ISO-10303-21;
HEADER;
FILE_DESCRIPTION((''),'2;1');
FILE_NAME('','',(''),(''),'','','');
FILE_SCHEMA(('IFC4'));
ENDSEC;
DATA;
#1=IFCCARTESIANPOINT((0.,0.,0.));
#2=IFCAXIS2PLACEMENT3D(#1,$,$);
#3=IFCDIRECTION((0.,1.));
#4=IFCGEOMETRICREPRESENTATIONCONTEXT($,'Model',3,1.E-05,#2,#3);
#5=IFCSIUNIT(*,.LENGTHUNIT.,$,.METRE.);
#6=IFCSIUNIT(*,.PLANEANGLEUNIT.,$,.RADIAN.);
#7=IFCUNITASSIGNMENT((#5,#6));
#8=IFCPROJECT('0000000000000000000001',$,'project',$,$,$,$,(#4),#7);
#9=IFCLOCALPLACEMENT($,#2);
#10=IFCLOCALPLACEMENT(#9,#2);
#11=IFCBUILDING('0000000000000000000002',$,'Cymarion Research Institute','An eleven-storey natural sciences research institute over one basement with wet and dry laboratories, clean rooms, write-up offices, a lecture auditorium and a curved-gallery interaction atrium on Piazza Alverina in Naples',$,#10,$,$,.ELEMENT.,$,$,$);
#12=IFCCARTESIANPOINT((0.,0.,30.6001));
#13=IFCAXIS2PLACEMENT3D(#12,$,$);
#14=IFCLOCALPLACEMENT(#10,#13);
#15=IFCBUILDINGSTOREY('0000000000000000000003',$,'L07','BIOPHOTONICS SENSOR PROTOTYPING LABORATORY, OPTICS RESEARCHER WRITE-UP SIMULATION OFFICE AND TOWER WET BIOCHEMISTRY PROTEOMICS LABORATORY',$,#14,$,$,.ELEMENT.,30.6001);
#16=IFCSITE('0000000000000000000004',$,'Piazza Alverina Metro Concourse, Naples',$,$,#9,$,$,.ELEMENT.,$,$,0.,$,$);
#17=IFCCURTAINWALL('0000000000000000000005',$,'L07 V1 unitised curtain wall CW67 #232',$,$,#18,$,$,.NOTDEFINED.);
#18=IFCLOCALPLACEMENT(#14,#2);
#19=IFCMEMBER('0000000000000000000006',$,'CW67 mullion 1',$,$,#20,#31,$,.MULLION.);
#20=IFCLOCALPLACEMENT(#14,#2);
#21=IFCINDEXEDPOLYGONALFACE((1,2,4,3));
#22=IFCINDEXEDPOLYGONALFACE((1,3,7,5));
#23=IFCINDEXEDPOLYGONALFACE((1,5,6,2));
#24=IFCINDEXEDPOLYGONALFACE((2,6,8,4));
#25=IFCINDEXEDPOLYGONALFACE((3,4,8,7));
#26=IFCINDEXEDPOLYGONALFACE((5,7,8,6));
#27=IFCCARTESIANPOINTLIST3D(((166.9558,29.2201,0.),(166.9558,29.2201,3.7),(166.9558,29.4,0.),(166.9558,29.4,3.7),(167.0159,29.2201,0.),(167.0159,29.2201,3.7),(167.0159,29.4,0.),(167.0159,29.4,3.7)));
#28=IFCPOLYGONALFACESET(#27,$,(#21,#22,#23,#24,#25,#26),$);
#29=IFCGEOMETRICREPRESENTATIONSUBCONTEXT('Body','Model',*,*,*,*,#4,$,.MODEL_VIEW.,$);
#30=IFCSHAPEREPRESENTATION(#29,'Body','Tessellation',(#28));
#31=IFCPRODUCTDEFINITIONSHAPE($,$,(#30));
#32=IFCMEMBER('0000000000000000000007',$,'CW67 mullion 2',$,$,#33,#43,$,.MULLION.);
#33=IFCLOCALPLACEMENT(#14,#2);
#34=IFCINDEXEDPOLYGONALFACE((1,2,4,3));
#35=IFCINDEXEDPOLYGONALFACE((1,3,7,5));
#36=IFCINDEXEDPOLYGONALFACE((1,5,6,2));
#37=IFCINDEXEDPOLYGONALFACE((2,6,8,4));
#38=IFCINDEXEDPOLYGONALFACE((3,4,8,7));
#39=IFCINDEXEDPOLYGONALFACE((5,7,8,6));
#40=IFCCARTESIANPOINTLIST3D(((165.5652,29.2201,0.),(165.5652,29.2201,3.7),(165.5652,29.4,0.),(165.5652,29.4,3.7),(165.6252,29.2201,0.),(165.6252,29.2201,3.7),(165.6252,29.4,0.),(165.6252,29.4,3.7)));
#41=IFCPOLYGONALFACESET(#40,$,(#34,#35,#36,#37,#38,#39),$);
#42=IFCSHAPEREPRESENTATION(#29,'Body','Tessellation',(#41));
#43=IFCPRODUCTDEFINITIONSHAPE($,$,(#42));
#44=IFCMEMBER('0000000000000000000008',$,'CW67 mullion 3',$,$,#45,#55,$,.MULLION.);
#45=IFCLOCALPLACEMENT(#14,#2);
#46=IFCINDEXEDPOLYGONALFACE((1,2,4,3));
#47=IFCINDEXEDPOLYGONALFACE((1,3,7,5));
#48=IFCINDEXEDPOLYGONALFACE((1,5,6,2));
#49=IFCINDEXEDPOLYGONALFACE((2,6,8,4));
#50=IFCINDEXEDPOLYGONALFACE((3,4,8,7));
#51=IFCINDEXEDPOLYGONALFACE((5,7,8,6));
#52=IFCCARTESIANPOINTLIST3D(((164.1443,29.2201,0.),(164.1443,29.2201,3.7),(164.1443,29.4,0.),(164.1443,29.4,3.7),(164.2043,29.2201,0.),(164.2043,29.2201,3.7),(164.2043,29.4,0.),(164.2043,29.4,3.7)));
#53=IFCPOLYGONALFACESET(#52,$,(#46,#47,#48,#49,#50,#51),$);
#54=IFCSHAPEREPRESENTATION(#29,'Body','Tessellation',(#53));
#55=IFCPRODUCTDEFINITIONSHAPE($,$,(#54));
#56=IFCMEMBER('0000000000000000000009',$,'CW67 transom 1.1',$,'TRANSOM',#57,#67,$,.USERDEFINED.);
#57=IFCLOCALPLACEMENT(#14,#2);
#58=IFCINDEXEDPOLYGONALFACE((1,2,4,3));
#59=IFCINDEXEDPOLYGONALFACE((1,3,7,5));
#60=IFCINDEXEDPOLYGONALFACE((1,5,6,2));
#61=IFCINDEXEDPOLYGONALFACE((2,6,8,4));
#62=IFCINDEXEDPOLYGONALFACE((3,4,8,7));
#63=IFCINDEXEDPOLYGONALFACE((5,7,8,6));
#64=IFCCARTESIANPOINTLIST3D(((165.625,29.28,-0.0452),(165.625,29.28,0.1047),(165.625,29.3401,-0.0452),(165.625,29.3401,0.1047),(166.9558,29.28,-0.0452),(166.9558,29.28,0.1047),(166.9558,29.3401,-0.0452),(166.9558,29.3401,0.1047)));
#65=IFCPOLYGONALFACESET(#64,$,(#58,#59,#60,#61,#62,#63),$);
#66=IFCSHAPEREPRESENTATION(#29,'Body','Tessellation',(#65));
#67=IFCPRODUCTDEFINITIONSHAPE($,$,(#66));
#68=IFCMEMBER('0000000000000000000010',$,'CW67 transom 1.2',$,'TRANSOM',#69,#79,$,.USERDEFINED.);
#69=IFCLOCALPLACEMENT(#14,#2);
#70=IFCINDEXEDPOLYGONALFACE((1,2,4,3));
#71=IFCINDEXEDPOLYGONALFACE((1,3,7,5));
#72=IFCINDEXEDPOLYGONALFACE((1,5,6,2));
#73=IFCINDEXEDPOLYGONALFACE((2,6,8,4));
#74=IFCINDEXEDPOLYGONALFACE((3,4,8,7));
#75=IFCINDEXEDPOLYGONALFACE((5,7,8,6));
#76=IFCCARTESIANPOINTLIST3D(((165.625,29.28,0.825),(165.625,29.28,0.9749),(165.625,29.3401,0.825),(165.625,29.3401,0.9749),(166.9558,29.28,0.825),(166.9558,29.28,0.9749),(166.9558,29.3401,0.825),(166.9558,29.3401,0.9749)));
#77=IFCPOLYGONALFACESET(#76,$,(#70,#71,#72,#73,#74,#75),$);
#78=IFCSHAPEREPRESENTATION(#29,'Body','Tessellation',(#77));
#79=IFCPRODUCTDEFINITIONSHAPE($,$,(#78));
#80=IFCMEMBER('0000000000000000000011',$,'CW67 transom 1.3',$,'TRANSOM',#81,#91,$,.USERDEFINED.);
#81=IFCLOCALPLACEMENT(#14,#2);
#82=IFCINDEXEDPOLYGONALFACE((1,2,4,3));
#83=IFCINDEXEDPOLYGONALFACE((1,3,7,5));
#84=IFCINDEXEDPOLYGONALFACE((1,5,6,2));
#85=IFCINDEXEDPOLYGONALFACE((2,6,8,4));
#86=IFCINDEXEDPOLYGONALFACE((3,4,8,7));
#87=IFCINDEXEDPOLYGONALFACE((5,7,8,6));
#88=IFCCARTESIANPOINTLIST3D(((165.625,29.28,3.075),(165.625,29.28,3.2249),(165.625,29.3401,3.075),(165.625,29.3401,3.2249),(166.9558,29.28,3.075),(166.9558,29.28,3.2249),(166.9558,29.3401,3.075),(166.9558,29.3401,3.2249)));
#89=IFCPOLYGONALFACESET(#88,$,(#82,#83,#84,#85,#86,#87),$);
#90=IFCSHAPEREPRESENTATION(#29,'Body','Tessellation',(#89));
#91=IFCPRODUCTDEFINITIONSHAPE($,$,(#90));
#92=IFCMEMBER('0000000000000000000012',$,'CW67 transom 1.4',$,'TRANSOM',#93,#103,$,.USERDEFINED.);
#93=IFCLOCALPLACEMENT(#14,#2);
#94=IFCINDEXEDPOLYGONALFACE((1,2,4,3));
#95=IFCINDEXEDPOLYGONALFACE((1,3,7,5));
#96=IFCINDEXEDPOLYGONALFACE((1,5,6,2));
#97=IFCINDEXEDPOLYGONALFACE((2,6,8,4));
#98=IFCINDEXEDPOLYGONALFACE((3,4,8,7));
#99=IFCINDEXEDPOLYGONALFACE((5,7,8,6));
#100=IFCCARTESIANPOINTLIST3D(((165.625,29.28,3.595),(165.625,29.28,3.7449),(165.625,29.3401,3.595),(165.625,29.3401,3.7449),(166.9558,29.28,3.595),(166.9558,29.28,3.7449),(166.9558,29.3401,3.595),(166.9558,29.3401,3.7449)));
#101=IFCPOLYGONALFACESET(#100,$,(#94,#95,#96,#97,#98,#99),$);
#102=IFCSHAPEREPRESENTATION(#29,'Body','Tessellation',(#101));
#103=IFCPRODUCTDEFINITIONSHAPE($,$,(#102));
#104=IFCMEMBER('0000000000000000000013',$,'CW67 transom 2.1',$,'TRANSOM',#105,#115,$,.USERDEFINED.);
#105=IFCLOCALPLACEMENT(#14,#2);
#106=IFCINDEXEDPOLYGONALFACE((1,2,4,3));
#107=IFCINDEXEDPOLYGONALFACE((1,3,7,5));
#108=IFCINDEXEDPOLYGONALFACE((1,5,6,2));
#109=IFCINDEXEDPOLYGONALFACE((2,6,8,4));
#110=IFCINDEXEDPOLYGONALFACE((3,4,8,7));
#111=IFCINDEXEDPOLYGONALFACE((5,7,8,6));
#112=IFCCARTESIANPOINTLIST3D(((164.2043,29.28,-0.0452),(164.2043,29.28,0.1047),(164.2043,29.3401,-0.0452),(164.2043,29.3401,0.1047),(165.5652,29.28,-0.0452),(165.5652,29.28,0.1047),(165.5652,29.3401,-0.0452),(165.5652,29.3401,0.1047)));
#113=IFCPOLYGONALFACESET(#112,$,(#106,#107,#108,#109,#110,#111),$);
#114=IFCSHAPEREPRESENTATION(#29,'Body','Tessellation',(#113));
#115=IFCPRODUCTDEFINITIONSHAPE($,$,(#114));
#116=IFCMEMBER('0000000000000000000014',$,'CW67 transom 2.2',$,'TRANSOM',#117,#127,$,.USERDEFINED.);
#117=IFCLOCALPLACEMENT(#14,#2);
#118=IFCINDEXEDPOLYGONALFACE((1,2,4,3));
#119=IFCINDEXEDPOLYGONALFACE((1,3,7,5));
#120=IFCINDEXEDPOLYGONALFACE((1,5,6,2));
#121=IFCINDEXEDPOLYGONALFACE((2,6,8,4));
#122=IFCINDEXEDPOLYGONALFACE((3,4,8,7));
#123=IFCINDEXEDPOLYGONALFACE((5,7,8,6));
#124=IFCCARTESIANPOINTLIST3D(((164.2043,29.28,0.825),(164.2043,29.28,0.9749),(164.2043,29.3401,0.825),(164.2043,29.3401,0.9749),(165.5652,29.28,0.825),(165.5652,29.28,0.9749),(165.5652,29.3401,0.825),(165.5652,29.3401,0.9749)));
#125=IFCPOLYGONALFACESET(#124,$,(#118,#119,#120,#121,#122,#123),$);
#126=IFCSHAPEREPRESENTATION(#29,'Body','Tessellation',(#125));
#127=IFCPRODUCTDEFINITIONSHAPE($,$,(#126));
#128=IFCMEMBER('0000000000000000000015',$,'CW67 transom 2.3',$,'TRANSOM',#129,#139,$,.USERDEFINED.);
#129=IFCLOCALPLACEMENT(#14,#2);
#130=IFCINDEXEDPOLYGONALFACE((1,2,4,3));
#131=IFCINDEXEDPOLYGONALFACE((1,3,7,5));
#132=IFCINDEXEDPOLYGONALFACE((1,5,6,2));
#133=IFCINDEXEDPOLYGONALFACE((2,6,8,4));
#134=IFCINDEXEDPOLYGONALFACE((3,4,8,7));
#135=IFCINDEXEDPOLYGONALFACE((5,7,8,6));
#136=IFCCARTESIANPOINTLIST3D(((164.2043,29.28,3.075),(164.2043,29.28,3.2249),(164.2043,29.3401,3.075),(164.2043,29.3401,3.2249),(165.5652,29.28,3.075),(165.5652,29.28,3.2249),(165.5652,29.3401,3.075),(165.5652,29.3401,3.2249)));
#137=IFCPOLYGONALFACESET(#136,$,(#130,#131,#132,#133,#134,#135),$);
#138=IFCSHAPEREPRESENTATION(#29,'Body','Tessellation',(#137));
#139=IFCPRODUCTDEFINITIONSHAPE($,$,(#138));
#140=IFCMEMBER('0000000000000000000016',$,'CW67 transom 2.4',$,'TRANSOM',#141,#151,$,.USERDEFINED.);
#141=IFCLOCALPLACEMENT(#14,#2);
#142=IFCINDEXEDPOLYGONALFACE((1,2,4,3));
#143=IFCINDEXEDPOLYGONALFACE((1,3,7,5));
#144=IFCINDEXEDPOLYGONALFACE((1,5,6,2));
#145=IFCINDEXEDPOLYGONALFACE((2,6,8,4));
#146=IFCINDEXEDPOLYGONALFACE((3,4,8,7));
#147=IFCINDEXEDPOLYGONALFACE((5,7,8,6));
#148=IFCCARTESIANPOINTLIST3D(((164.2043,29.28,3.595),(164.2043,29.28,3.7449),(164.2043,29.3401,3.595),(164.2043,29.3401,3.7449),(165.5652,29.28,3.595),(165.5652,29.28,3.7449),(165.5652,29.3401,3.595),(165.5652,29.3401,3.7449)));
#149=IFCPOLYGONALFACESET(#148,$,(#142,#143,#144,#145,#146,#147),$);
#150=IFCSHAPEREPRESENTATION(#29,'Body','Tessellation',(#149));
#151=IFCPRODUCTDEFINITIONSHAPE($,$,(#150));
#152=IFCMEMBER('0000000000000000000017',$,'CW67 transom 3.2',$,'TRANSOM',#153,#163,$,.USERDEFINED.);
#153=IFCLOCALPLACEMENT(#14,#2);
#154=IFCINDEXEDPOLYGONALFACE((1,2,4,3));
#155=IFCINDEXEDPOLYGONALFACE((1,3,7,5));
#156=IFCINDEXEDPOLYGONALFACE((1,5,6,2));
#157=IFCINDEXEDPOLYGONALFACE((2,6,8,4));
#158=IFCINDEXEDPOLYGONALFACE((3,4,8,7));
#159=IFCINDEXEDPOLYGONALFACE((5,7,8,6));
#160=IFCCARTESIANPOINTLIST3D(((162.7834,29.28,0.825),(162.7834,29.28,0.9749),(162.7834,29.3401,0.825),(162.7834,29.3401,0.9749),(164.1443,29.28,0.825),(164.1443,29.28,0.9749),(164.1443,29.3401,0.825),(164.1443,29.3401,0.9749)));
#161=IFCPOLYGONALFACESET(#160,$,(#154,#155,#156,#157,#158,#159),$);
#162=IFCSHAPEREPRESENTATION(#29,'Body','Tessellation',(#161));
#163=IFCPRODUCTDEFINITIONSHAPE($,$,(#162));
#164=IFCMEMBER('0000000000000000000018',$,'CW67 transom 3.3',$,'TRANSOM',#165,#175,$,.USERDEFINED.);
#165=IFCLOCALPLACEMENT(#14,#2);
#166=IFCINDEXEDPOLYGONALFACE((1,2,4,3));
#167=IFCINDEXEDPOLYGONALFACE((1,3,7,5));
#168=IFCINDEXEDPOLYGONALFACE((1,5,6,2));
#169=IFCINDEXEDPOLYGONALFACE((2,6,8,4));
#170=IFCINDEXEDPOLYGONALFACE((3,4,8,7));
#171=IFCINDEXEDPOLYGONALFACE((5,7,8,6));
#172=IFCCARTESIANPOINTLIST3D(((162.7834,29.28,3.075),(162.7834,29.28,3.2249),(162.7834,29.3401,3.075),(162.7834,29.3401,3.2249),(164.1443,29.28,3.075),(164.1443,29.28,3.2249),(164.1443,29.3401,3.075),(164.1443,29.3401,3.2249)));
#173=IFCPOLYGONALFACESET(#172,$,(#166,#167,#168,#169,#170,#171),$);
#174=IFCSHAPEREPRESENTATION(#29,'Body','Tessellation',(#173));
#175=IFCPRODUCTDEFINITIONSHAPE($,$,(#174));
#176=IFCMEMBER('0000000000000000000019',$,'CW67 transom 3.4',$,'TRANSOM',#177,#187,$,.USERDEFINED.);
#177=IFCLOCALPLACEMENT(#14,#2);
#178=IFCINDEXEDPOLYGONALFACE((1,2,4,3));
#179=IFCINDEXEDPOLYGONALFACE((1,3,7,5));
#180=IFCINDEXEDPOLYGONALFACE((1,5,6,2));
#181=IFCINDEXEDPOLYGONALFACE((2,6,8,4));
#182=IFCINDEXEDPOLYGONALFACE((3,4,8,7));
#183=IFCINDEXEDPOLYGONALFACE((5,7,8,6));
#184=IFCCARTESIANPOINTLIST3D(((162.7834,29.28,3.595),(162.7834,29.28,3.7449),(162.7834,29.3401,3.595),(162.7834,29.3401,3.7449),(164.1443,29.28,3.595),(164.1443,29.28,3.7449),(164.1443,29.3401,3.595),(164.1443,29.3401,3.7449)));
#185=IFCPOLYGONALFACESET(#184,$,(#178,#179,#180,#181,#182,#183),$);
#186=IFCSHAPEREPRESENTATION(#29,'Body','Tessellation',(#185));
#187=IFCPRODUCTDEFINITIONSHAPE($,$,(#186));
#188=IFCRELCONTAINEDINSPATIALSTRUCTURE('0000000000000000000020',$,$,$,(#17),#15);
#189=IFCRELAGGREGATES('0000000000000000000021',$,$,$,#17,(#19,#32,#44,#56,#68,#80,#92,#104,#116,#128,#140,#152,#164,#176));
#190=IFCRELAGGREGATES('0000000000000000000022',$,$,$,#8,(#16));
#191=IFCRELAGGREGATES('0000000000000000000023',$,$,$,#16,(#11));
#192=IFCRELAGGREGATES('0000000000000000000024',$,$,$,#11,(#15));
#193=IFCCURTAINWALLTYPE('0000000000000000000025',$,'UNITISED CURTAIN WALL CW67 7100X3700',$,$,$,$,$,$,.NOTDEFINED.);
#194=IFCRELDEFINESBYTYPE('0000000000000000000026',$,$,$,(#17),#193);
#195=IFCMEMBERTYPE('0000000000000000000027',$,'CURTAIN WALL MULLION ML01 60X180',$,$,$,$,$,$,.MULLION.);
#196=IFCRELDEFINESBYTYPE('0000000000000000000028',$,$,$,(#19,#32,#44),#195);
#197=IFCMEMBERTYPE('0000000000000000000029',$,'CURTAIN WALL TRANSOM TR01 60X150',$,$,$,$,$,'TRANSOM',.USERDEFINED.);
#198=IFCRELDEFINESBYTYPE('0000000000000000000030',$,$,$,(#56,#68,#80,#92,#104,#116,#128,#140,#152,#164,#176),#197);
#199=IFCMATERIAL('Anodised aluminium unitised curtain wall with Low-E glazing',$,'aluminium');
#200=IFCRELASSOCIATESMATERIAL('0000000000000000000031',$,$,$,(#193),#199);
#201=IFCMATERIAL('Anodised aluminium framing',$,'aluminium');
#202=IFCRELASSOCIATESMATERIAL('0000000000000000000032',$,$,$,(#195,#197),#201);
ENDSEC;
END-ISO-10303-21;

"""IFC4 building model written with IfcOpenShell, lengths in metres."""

from ifc_helpers import new_model, si_unit, direction, frame, origin, origin_2d, place, context, subcontext, project, spatial, rectangle, extrude, material, material_profile, profile_set, type_object, element, aggregate, save


model = new_model("IFC4")

# Units and contexts
model_context = context("Model", 3, precision=1e-05, world=origin(), true_north=direction((0.0, 1.0)))
body_context = subcontext(model_context, "Body", "Model", "MODEL_VIEW")
ifc_project = project(units=[si_unit("LENGTHUNIT", "METRE"), si_unit("PLANEANGLEUNIT", "RADIAN")], contexts=[model_context])

# Site, building, storey
site_placement = place(None, origin())
site = spatial("IfcSite", under=ifc_project, at=site_placement, Name="Piazza Alverina Metro Concourse, Naples", CompositionType="ELEMENT", RefElevation=0.0)
building_placement = place(site_placement, origin())
building = spatial("IfcBuilding", under=site, at=building_placement, Name="Cymarion Research Institute", Description="An eleven-storey natural sciences research institute over one basement with wet and dry laboratories, clean rooms, write-up offices, a lecture auditorium and a curved-gallery interaction atrium on Piazza Alverina in Naples", CompositionType="ELEMENT")
storey_placement = place(building_placement, frame((0.0, 0.0, 30.6001)))
storey = spatial("IfcBuildingStorey", under=building, at=storey_placement, Name="L07", Description="BIOPHOTONICS SENSOR PROTOTYPING LABORATORY, OPTICS RESEARCHER WRITE-UP SIMULATION OFFICE AND TOWER WET BIOCHEMISTRY PROTEOMICS LABORATORY", CompositionType="ELEMENT", Elevation=30.6001)

# Curtain wall, members
ifc_material_1 = material(Name="Anodised aluminium unitised curtain wall with Low-E glazing", Category="aluminium")
curtain_wall_type = type_object("IfcCurtainWallType", Name="UNITISED CURTAIN WALL CW67 7100X3700", PredefinedType="NOTDEFINED", material=ifc_material_1)
curtain_wall_placement = place(storey_placement, origin())
curtain_wall = element("IfcCurtainWall", 1, at=curtain_wall_placement, inside=storey, type_object=curtain_wall_type, Name="L07 V1 unitised curtain wall CW67 #232", PredefinedType="NOTDEFINED")
ifc_material_2 = material(Name="Anodised aluminium framing", Category="aluminium")
ifc_material_profile_1 = material_profile(ifc_material_2, rectangle(XDim=0.0601, YDim=0.1799, at=origin_2d()), Name="ALU MULLION 60x180")
ifc_profile_set_1 = profile_set([ifc_material_profile_1], Name="Anodised aluminium framing")
member_type_1 = type_object("IfcMemberType", Name="CURTAIN WALL MULLION ML01 60X180", PredefinedType="MULLION", material=ifc_profile_set_1)
member_1_placement = place(storey_placement, frame((166.9858, 29.3101, 0.0), z_axis=(0.0, 0.0, 1.0), x_axis=(-1.0, 0.0, 0.0)))
member_1 = element("IfcMember", 2, at=member_1_placement, type_object=member_type_1, Name="CW67 mullion 1", PredefinedType="MULLION", context=body_context, shape_type="SweptSolid", body=[
    extrude(rectangle(XDim=0.0601, YDim=0.1799, at=origin_2d()), origin(), (0.0, 0.0, 1.0), 3.7),
])
member_2_placement = place(storey_placement, frame((165.5952, 29.3101, 0.0), z_axis=(0.0, 0.0, 1.0), x_axis=(-1.0, 0.0, 0.0)))
member_2 = element("IfcMember", 3, at=member_2_placement, type_object=member_type_1, Name="CW67 mullion 2", PredefinedType="MULLION", context=body_context, shape_type="SweptSolid", body=[
    extrude(rectangle(XDim=0.0601, YDim=0.1799, at=origin_2d()), origin(), (0.0, 0.0, 1.0), 3.7),
])
member_3_placement = place(storey_placement, frame((164.1743, 29.3101, 0.0), z_axis=(0.0, 0.0, 1.0), x_axis=(-1.0, 0.0, 0.0)))
member_3 = element("IfcMember", 4, at=member_3_placement, type_object=member_type_1, Name="CW67 mullion 3", PredefinedType="MULLION", context=body_context, shape_type="SweptSolid", body=[
    extrude(rectangle(XDim=0.0601, YDim=0.1799, at=origin_2d()), origin(), (0.0, 0.0, 1.0), 3.7),
])
ifc_material_profile_2 = material_profile(ifc_material_2, rectangle(XDim=0.0601, YDim=0.1499, at=origin_2d()), Name="ALU TRANSOM 60x150")
ifc_profile_set_2 = profile_set([ifc_material_profile_2], Name="Anodised aluminium framing")
member_type_2 = type_object("IfcMemberType", Name="CURTAIN WALL TRANSOM TR01 60X150", ElementType="TRANSOM", PredefinedType="USERDEFINED", material=ifc_profile_set_2)
member_4_placement = place(storey_placement, frame((166.9558, 29.3101, 0.0298), z_axis=(-1.0, 0.0, 0.0), x_axis=(0.0, -1.0, 0.0)))
member_4 = element("IfcMember", 5, at=member_4_placement, type_object=member_type_2, Name="CW67 transom 1.1", ObjectType="TRANSOM", PredefinedType="USERDEFINED", context=body_context, shape_type="SweptSolid", body=[
    extrude(rectangle(XDim=0.0601, YDim=0.1499, at=origin_2d()), origin(), (0.0, 0.0, 1.0), 1.3308),
])
member_5_placement = place(storey_placement, frame((166.9558, 29.3101, 0.8999), z_axis=(-1.0, 0.0, 0.0), x_axis=(0.0, -1.0, 0.0)))
member_5 = element("IfcMember", 6, at=member_5_placement, type_object=member_type_2, Name="CW67 transom 1.2", ObjectType="TRANSOM", PredefinedType="USERDEFINED", context=body_context, shape_type="SweptSolid", body=[
    extrude(rectangle(XDim=0.0601, YDim=0.1499, at=origin_2d()), origin(), (0.0, 0.0, 1.0), 1.3308),
])
member_6_placement = place(storey_placement, frame((166.9558, 29.3101, 3.1499), z_axis=(-1.0, 0.0, 0.0), x_axis=(0.0, -1.0, 0.0)))
member_6 = element("IfcMember", 7, at=member_6_placement, type_object=member_type_2, Name="CW67 transom 1.3", ObjectType="TRANSOM", PredefinedType="USERDEFINED", context=body_context, shape_type="SweptSolid", body=[
    extrude(rectangle(XDim=0.0601, YDim=0.1499, at=origin_2d()), origin(), (0.0, 0.0, 1.0), 1.3308),
])
member_7_placement = place(storey_placement, frame((166.9558, 29.3101, 3.6699), z_axis=(-1.0, 0.0, 0.0), x_axis=(0.0, -1.0, 0.0)))
member_7 = element("IfcMember", 8, at=member_7_placement, type_object=member_type_2, Name="CW67 transom 1.4", ObjectType="TRANSOM", PredefinedType="USERDEFINED", context=body_context, shape_type="SweptSolid", body=[
    extrude(rectangle(XDim=0.0601, YDim=0.1499, at=origin_2d()), origin(), (0.0, 0.0, 1.0), 1.3308),
])
member_8_placement = place(storey_placement, frame((165.5652, 29.3101, 0.0298), z_axis=(-1.0, 0.0, 0.0), x_axis=(0.0, -1.0, 0.0)))
member_8 = element("IfcMember", 9, at=member_8_placement, type_object=member_type_2, Name="CW67 transom 2.1", ObjectType="TRANSOM", PredefinedType="USERDEFINED", context=body_context, shape_type="SweptSolid", body=[
    extrude(rectangle(XDim=0.0601, YDim=0.1499, at=origin_2d()), origin(), (0.0, 0.0, 1.0), 1.3608),
])
member_9_placement = place(storey_placement, frame((165.5652, 29.3101, 0.8999), z_axis=(-1.0, 0.0, 0.0), x_axis=(0.0, -1.0, 0.0)))
member_9 = element("IfcMember", 10, at=member_9_placement, type_object=member_type_2, Name="CW67 transom 2.2", ObjectType="TRANSOM", PredefinedType="USERDEFINED", context=body_context, shape_type="SweptSolid", body=[
    extrude(rectangle(XDim=0.0601, YDim=0.1499, at=origin_2d()), origin(), (0.0, 0.0, 1.0), 1.3608),
])
member_10_placement = place(storey_placement, frame((165.5652, 29.3101, 3.1499), z_axis=(-1.0, 0.0, 0.0), x_axis=(0.0, -1.0, 0.0)))
member_10 = element("IfcMember", 11, at=member_10_placement, type_object=member_type_2, Name="CW67 transom 2.3", ObjectType="TRANSOM", PredefinedType="USERDEFINED", context=body_context, shape_type="SweptSolid", body=[
    extrude(rectangle(XDim=0.0601, YDim=0.1499, at=origin_2d()), origin(), (0.0, 0.0, 1.0), 1.3608),
])
member_11_placement = place(storey_placement, frame((165.5652, 29.3101, 3.6699), z_axis=(-1.0, 0.0, 0.0), x_axis=(0.0, -1.0, 0.0)))
member_11 = element("IfcMember", 12, at=member_11_placement, type_object=member_type_2, Name="CW67 transom 2.4", ObjectType="TRANSOM", PredefinedType="USERDEFINED", context=body_context, shape_type="SweptSolid", body=[
    extrude(rectangle(XDim=0.0601, YDim=0.1499, at=origin_2d()), origin(), (0.0, 0.0, 1.0), 1.3608),
])
member_12_placement = place(storey_placement, frame((164.1443, 29.3101, 0.8999), z_axis=(-1.0, 0.0, 0.0), x_axis=(0.0, -1.0, 0.0)))
member_12 = element("IfcMember", 13, at=member_12_placement, type_object=member_type_2, Name="CW67 transom 3.2", ObjectType="TRANSOM", PredefinedType="USERDEFINED", context=body_context, shape_type="SweptSolid", body=[
    extrude(rectangle(XDim=0.0601, YDim=0.1499, at=origin_2d()), origin(), (0.0, 0.0, 1.0), 1.3608),
])
member_13_placement = place(storey_placement, frame((164.1443, 29.3101, 3.1499), z_axis=(-1.0, 0.0, 0.0), x_axis=(0.0, -1.0, 0.0)))
member_13 = element("IfcMember", 14, at=member_13_placement, type_object=member_type_2, Name="CW67 transom 3.3", ObjectType="TRANSOM", PredefinedType="USERDEFINED", context=body_context, shape_type="SweptSolid", body=[
    extrude(rectangle(XDim=0.0601, YDim=0.1499, at=origin_2d()), origin(), (0.0, 0.0, 1.0), 1.3608),
])
member_14_placement = place(storey_placement, frame((164.1443, 29.3101, 3.6699), z_axis=(-1.0, 0.0, 0.0), x_axis=(0.0, -1.0, 0.0)))
member_14 = element("IfcMember", 15, at=member_14_placement, type_object=member_type_2, Name="CW67 transom 3.4", ObjectType="TRANSOM", PredefinedType="USERDEFINED", context=body_context, shape_type="SweptSolid", body=[
    extrude(rectangle(XDim=0.0601, YDim=0.1499, at=origin_2d()), origin(), (0.0, 0.0, 1.0), 1.3608),
])
aggregate(curtain_wall, [member_1, member_2, member_3, member_4, member_5, member_6, member_7, member_8, member_9, member_10, member_11, member_12, member_13, member_14])

save(model, "model.ifc")
